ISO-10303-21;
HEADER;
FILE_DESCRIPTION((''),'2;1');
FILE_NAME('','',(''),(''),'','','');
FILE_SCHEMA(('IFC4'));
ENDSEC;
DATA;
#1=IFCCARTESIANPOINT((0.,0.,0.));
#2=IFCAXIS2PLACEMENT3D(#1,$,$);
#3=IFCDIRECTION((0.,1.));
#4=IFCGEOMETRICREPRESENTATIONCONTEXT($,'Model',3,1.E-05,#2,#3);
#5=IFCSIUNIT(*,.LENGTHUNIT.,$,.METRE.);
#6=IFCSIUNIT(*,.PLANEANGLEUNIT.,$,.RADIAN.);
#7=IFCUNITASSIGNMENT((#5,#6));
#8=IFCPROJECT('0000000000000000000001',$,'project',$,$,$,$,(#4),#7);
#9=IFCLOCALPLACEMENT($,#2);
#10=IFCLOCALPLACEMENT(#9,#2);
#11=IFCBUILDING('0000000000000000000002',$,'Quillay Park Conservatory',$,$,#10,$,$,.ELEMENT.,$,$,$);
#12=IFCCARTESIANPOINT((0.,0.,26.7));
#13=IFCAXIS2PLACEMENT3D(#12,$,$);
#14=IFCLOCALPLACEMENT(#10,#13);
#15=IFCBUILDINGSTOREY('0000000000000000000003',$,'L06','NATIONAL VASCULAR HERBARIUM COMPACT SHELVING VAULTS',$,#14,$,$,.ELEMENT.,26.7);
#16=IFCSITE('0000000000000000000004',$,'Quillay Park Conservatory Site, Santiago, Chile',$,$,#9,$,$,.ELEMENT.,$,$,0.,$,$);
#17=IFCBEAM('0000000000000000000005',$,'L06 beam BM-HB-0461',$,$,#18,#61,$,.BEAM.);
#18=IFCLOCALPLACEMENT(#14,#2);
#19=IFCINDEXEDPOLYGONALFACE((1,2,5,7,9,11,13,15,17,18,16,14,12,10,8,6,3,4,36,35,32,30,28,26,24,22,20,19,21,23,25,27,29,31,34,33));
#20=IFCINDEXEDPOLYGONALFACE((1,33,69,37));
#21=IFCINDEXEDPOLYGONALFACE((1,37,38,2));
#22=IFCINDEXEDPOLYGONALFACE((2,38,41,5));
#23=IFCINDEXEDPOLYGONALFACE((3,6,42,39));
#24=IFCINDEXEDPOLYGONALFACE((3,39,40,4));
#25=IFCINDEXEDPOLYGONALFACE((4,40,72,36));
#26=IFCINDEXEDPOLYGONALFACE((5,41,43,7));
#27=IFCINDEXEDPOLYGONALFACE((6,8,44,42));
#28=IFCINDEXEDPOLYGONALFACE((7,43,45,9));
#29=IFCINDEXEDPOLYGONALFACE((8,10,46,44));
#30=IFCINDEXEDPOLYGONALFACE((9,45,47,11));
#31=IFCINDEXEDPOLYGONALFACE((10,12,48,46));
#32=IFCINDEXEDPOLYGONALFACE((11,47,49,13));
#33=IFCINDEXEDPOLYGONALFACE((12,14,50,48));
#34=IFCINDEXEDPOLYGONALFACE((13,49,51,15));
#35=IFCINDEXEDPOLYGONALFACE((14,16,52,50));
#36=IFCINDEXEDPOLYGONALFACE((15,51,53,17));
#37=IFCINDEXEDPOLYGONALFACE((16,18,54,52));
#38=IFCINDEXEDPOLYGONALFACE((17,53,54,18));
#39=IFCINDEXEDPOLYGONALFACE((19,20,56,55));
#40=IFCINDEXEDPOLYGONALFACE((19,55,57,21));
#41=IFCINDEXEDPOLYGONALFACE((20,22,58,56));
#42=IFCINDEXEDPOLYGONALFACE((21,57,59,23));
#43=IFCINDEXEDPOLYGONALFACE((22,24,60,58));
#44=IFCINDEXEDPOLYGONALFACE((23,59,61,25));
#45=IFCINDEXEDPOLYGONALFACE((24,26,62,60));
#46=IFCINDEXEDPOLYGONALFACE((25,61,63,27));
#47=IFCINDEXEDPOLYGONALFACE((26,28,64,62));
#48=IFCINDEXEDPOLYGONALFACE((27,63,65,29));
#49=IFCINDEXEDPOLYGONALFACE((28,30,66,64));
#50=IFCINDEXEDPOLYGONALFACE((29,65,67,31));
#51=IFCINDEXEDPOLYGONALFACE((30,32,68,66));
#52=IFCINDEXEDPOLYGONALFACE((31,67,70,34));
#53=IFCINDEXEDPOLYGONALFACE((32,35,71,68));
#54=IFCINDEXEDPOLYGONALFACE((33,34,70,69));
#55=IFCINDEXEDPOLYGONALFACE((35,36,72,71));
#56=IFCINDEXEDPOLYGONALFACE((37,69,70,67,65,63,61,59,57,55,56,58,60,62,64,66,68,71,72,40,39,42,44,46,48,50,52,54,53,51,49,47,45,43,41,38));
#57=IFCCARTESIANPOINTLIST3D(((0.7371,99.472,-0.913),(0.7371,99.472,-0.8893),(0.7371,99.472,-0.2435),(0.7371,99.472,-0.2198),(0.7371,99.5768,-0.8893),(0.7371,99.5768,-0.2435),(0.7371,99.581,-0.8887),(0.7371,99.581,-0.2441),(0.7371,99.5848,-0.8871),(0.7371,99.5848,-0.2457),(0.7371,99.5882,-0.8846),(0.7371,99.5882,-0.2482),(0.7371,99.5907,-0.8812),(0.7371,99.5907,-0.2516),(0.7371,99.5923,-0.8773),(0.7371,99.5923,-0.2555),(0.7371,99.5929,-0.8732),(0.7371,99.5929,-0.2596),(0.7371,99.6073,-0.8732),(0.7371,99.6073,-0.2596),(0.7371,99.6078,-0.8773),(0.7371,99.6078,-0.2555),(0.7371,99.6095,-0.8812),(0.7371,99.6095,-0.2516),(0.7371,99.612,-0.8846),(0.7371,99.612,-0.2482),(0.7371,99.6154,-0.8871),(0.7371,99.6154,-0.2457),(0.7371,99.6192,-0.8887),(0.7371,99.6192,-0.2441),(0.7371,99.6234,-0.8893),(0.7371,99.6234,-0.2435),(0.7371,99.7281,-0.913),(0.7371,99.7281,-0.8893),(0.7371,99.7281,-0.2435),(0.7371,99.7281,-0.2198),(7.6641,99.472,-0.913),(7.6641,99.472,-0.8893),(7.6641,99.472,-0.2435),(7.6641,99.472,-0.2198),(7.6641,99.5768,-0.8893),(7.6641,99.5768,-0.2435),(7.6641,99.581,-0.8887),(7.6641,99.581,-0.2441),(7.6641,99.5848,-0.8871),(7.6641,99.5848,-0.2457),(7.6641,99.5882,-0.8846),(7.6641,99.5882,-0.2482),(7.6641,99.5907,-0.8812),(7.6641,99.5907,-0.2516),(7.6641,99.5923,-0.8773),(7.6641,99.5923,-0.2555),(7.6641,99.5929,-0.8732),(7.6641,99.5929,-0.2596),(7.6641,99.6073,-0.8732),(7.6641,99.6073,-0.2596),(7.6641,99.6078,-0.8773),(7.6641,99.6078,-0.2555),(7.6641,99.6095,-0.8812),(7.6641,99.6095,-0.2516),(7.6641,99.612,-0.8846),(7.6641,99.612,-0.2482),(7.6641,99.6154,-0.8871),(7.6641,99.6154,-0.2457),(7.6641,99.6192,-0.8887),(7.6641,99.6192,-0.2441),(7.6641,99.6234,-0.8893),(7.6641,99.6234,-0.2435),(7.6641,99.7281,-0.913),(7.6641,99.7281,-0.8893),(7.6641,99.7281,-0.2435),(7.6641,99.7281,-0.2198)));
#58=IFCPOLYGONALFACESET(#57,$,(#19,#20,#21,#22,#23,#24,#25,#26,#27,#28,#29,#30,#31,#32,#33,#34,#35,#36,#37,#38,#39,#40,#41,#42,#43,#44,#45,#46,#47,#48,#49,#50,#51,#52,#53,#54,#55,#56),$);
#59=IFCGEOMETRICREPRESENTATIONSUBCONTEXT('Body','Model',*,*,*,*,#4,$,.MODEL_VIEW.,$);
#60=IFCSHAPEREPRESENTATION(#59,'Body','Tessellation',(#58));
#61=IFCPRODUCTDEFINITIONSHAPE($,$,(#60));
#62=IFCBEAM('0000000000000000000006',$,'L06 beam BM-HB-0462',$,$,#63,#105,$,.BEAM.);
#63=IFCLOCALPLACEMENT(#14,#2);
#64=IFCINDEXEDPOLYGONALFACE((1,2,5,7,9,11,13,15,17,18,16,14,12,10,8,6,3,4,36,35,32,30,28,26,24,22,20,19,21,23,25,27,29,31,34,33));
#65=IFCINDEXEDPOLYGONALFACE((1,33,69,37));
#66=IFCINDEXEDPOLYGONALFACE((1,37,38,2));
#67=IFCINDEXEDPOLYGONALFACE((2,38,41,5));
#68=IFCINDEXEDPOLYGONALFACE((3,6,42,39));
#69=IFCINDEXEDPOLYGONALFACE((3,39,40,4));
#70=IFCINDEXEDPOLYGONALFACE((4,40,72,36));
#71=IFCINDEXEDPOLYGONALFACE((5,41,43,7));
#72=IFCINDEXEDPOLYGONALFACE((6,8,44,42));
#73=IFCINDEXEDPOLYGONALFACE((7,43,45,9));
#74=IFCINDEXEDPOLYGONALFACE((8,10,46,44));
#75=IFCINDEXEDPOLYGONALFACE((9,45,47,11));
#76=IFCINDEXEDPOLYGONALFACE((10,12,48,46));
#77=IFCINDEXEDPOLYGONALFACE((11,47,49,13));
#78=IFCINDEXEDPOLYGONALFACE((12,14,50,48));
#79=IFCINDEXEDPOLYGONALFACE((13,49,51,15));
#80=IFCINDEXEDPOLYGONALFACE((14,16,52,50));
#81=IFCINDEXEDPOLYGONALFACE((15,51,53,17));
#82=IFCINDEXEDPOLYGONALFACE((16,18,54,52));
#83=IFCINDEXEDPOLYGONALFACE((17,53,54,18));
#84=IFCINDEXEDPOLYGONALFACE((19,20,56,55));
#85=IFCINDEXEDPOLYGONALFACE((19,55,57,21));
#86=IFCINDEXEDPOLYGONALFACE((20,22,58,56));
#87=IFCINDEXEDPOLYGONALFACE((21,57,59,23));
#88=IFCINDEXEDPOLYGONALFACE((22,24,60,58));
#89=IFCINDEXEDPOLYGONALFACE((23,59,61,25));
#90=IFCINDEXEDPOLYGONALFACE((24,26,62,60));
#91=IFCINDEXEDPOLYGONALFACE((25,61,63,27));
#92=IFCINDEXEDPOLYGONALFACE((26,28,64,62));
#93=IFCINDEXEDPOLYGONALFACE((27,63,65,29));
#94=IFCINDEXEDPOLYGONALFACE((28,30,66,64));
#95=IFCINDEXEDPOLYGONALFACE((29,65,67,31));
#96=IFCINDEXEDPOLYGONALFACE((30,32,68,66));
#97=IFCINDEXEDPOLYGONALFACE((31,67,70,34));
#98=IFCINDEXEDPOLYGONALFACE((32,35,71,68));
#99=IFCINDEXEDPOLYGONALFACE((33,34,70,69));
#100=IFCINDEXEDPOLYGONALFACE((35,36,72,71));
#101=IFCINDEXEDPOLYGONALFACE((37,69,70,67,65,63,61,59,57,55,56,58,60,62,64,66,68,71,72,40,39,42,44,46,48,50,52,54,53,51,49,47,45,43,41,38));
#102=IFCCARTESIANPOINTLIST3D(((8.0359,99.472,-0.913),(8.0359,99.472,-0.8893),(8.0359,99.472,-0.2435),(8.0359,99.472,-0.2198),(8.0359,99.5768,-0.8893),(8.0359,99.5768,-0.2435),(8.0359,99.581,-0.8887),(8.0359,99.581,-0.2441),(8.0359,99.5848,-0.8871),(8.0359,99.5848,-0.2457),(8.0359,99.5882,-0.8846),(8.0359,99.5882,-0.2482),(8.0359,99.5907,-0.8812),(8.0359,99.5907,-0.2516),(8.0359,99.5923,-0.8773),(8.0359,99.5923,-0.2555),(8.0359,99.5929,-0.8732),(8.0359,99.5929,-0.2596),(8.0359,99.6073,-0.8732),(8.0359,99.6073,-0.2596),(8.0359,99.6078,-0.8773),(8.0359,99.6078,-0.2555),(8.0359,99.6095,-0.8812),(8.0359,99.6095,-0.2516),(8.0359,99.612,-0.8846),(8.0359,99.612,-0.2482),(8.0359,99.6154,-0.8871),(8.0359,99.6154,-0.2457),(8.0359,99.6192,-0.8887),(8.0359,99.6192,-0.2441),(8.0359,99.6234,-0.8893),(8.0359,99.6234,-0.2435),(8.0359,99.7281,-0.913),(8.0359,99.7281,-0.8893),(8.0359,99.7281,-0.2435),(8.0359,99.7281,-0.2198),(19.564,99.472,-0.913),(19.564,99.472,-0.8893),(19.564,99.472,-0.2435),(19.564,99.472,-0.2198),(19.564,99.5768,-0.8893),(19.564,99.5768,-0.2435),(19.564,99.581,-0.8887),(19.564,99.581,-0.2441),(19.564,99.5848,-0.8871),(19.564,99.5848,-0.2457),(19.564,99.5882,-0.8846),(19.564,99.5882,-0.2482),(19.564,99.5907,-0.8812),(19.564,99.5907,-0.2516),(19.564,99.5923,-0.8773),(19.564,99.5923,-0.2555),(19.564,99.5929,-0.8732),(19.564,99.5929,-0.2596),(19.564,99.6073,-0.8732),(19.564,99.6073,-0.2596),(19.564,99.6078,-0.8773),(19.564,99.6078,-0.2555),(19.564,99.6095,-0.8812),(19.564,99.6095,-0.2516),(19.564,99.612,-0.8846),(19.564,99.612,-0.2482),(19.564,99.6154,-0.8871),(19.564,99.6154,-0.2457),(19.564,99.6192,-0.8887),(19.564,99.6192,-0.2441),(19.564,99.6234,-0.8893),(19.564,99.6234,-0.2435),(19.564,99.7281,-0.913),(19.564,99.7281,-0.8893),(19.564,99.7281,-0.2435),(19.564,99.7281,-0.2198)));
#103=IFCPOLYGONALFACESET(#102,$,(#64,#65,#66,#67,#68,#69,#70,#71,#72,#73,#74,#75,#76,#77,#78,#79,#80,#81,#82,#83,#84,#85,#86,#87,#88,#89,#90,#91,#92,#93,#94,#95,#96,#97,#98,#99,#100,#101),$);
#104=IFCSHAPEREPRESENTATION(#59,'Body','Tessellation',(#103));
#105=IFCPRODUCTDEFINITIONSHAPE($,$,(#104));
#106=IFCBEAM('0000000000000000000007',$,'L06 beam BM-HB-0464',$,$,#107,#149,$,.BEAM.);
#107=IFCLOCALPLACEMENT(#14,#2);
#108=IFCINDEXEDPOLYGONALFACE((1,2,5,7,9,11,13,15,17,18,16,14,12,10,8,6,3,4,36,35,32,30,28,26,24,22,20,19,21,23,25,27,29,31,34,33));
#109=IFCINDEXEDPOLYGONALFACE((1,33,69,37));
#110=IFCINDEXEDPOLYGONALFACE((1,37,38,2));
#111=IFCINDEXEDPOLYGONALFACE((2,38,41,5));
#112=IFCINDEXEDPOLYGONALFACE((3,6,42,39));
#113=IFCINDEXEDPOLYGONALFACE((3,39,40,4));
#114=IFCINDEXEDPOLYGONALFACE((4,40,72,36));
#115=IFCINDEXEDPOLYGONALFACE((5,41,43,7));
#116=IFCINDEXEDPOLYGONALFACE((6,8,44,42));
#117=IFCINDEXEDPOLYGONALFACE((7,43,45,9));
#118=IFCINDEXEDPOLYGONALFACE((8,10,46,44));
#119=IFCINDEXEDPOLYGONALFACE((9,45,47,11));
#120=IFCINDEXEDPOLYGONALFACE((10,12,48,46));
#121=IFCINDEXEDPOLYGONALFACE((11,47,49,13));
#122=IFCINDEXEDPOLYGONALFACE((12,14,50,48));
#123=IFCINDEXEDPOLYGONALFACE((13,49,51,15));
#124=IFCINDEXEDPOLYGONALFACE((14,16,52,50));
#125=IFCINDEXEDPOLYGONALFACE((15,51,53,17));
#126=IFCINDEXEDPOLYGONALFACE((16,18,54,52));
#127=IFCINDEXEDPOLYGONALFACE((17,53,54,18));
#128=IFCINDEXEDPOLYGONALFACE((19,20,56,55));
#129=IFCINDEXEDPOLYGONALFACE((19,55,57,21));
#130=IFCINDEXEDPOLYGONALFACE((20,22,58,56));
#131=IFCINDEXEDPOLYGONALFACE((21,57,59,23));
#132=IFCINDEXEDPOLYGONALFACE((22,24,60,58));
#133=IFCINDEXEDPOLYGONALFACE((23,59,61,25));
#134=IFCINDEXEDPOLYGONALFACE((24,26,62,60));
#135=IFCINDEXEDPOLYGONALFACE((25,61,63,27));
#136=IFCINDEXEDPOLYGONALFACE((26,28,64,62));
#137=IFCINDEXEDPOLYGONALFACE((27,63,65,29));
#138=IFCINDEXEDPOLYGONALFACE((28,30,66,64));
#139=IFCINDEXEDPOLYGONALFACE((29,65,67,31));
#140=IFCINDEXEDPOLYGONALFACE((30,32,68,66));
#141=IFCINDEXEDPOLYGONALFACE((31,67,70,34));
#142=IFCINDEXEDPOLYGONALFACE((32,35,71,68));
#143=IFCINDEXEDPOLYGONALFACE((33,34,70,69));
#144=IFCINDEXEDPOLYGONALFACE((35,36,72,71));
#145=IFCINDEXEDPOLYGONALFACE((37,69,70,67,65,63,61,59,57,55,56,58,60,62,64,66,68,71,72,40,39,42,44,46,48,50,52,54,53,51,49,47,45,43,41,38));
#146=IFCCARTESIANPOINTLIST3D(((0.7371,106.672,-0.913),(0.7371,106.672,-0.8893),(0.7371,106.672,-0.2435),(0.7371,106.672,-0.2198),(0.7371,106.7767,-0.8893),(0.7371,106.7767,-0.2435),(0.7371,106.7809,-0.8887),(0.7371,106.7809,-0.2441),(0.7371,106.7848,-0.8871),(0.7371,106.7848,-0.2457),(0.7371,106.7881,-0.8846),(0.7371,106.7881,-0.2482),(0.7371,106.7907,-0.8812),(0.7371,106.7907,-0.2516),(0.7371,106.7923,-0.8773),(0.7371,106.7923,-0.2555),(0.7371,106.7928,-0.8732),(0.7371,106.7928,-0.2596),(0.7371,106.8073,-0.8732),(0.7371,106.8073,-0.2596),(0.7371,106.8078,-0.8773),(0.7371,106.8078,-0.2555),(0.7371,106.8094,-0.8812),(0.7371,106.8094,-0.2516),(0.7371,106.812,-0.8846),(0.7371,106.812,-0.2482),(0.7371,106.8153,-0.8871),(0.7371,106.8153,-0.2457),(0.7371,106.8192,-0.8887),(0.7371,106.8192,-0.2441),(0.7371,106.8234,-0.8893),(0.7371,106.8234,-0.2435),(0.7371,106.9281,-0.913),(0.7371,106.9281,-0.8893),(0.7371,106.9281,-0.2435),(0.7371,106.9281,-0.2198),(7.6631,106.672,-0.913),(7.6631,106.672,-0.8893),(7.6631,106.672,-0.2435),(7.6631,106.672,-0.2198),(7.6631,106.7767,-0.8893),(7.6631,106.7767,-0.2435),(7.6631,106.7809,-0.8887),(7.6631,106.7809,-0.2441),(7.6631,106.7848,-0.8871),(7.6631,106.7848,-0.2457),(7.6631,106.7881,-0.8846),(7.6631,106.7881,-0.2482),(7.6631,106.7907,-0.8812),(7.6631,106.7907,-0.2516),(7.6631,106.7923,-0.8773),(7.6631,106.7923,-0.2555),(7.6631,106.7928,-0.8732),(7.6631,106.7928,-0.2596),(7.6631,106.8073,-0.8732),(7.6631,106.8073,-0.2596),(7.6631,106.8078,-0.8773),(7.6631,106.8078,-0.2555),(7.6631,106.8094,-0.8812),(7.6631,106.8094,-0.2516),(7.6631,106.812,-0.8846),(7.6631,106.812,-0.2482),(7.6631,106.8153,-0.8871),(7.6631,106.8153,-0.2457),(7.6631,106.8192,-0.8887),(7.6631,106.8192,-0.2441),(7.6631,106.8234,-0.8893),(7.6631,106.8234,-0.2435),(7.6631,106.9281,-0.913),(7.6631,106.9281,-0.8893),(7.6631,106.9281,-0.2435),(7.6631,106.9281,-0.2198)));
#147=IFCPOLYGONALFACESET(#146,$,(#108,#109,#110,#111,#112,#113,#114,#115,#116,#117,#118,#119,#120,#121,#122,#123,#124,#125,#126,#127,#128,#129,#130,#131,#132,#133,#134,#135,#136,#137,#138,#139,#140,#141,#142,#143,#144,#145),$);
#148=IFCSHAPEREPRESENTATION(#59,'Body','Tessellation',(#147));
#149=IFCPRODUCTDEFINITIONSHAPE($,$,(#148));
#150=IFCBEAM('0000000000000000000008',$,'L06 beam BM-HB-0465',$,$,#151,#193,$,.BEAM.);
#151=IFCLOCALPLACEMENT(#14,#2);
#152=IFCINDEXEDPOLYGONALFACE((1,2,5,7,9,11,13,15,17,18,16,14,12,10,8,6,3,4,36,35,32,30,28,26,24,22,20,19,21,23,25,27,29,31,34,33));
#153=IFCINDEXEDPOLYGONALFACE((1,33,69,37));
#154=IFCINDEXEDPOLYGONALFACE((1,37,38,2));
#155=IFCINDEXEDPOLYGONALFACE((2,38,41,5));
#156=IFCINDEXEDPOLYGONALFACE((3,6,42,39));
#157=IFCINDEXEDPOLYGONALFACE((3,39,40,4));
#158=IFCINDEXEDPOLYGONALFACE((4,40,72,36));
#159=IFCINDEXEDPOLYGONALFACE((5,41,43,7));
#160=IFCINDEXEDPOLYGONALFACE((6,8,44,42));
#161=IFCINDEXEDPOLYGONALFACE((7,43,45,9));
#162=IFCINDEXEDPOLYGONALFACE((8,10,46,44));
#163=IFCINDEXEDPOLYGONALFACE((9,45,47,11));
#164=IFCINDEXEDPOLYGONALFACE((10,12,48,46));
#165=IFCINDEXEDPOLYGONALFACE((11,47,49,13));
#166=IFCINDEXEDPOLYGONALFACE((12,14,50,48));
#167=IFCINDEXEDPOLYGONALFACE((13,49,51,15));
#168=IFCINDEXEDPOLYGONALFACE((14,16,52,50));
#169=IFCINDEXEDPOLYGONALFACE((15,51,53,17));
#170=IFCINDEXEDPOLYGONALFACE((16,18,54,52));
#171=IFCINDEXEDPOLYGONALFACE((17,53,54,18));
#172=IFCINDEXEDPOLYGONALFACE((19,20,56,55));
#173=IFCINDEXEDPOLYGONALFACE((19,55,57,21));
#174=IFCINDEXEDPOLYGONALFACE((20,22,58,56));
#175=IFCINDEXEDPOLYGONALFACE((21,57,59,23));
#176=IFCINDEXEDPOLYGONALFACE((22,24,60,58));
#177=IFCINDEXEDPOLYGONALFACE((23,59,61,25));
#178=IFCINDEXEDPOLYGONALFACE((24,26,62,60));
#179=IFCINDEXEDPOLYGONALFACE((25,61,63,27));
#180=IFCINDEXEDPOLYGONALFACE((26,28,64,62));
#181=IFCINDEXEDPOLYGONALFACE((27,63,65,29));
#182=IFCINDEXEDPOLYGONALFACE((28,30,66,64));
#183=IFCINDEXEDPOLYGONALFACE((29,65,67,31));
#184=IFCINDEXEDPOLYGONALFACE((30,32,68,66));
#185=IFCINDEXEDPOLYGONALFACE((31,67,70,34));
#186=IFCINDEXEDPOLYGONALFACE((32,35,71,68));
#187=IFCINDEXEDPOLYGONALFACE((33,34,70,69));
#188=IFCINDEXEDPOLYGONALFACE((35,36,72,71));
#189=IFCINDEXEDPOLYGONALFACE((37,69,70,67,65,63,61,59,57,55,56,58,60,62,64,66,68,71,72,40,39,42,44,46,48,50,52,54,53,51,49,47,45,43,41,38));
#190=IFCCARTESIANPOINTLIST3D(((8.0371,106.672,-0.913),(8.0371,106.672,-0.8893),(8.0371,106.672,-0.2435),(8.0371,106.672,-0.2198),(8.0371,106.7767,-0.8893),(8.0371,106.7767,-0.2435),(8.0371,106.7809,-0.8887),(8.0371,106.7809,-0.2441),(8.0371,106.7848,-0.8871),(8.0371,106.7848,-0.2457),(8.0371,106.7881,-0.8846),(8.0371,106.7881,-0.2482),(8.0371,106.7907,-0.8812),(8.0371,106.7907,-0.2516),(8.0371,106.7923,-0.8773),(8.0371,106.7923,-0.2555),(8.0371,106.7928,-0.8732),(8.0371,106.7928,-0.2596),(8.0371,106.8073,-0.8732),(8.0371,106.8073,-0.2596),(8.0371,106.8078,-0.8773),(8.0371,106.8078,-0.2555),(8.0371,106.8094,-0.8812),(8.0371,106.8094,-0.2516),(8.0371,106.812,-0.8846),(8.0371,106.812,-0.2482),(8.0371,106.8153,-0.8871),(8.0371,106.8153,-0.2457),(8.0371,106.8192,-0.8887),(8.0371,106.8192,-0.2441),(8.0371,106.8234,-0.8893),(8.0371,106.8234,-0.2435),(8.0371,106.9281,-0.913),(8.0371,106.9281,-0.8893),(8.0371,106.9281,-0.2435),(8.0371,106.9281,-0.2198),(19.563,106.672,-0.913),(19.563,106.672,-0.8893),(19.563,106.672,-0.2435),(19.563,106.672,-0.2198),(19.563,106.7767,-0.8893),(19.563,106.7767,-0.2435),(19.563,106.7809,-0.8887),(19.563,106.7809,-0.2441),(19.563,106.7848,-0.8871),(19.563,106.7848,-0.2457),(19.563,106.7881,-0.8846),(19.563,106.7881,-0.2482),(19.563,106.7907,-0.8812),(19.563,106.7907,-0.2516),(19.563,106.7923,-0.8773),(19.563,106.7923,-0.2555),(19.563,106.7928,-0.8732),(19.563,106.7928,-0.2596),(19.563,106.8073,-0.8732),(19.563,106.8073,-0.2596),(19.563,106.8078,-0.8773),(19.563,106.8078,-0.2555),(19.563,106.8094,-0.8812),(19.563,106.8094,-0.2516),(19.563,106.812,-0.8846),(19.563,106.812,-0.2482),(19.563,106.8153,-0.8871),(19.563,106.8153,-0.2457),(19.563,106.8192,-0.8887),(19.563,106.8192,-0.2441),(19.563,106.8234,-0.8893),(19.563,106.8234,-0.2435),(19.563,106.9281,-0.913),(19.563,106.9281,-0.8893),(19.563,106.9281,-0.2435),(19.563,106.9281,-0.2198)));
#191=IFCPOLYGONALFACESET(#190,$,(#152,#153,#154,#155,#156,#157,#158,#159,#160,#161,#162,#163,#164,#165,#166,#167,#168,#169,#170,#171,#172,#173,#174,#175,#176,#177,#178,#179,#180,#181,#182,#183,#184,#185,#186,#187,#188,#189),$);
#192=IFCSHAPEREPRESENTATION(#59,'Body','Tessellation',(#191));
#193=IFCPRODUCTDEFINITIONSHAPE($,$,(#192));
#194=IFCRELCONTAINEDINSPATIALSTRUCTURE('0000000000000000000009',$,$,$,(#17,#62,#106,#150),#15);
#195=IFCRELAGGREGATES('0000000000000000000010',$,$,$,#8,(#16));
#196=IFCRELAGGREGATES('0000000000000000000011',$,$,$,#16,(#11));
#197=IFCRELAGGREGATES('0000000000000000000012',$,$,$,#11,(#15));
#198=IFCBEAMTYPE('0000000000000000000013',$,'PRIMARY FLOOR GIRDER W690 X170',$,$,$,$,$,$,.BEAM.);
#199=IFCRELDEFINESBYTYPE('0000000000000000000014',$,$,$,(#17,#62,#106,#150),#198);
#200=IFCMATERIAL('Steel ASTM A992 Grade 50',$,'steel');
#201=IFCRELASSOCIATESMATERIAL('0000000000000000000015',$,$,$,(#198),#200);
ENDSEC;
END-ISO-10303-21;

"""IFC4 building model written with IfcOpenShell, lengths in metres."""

from ifc_helpers import new_model, si_unit, direction, frame, origin, origin_2d, place, context, subcontext, project, spatial, i_section, extrude, material, material_profile, profile_set, type_object, element, save


model = new_model("IFC4")

# Units and contexts
model_context = context("Model", 3, precision=1e-05, world=origin(), true_north=direction((0.0, 1.0)))
body_context = subcontext(model_context, "Body", "Model", "MODEL_VIEW")
ifc_project = project(units=[si_unit("LENGTHUNIT", "METRE"), si_unit("PLANEANGLEUNIT", "RADIAN")], contexts=[model_context])

# Site, building, storey
site_placement = place(None, origin())
site = spatial("IfcSite", under=ifc_project, at=site_placement, Name="Quillay Park Conservatory Site, Santiago, Chile", CompositionType="ELEMENT", RefElevation=0.0)
building_placement = place(site_placement, origin())
building = spatial("IfcBuilding", under=site, at=building_placement, Name="Quillay Park Conservatory", CompositionType="ELEMENT")
storey_placement = place(building_placement, frame((0.0, 0.0, 26.7)))
storey = spatial("IfcBuildingStorey", under=building, at=storey_placement, Name="L06", Description="NATIONAL VASCULAR HERBARIUM COMPACT SHELVING VAULTS", CompositionType="ELEMENT", Elevation=26.7)

# Beams
ifc_material_1 = material(Name="Steel ASTM A992 Grade 50", Category="steel")
ifc_material_profile_1 = material_profile(ifc_material_1, i_section(OverallWidth=0.2561, OverallDepth=0.6931, WebThickness=0.0144, FlangeThickness=0.0237, FilletRadius=0.0161, at=origin_2d()), Name="W690x170")
ifc_profile_set_1 = profile_set([ifc_material_profile_1], Name="Steel ASTM A992 Grade 50")
beam_type_1 = type_object("IfcBeamType", Name="PRIMARY FLOOR GIRDER W690 X170", PredefinedType="BEAM", material=ifc_profile_set_1)
beam_1_placement = place(storey_placement, frame((0.7371, 99.6001, -0.5664), z_axis=(1.0, 0.0, 0.0), x_axis=(0.0, 1.0, 0.0)))
element("IfcBeam", 1, at=beam_1_placement, inside=storey, type_object=beam_type_1, Name="L06 beam BM-HB-0461", PredefinedType="BEAM", context=body_context, shape_type="SweptSolid", body=[
    extrude(i_section(OverallWidth=0.2561, OverallDepth=0.6931, WebThickness=0.0144, FlangeThickness=0.0237, FilletRadius=0.0161, at=origin_2d()), origin(), (0.0, 0.0, 1.0), 6.927),
])
beam_2_placement = place(storey_placement, frame((8.0359, 99.6001, -0.5664), z_axis=(1.0, 0.0, 0.0), x_axis=(0.0, 1.0, 0.0)))
element("IfcBeam", 2, at=beam_2_placement, inside=storey, type_object=beam_type_1, Name="L06 beam BM-HB-0462", PredefinedType="BEAM", context=body_context, shape_type="SweptSolid", body=[
    extrude(i_section(OverallWidth=0.2561, OverallDepth=0.6931, WebThickness=0.0144, FlangeThickness=0.0237, FilletRadius=0.0161, at=origin_2d()), origin(), (0.0, 0.0, 1.0), 11.5281),
])
beam_3_placement = place(storey_placement, frame((0.7371, 106.8, -0.5664), z_axis=(1.0, 0.0, 0.0), x_axis=(0.0, 1.0, 0.0)))
element("IfcBeam", 3, at=beam_3_placement, inside=storey, type_object=beam_type_1, Name="L06 beam BM-HB-0464", PredefinedType="BEAM", context=body_context, shape_type="SweptSolid", body=[
    extrude(i_section(OverallWidth=0.2561, OverallDepth=0.6931, WebThickness=0.0144, FlangeThickness=0.0237, FilletRadius=0.0161, at=origin_2d()), origin(), (0.0, 0.0, 1.0), 6.926),
])
beam_4_placement = place(storey_placement, frame((8.0371, 106.8, -0.5664), z_axis=(1.0, 0.0, 0.0), x_axis=(0.0, 1.0, 0.0)))
element("IfcBeam", 4, at=beam_4_placement, inside=storey, type_object=beam_type_1, Name="L06 beam BM-HB-0465", PredefinedType="BEAM", context=body_context, shape_type="SweptSolid", body=[
    extrude(i_section(OverallWidth=0.2561, OverallDepth=0.6931, WebThickness=0.0144, FlangeThickness=0.0237, FilletRadius=0.0161, at=origin_2d()), origin(), (0.0, 0.0, 1.0), 11.5259),
])

save(model, "model.ifc")
